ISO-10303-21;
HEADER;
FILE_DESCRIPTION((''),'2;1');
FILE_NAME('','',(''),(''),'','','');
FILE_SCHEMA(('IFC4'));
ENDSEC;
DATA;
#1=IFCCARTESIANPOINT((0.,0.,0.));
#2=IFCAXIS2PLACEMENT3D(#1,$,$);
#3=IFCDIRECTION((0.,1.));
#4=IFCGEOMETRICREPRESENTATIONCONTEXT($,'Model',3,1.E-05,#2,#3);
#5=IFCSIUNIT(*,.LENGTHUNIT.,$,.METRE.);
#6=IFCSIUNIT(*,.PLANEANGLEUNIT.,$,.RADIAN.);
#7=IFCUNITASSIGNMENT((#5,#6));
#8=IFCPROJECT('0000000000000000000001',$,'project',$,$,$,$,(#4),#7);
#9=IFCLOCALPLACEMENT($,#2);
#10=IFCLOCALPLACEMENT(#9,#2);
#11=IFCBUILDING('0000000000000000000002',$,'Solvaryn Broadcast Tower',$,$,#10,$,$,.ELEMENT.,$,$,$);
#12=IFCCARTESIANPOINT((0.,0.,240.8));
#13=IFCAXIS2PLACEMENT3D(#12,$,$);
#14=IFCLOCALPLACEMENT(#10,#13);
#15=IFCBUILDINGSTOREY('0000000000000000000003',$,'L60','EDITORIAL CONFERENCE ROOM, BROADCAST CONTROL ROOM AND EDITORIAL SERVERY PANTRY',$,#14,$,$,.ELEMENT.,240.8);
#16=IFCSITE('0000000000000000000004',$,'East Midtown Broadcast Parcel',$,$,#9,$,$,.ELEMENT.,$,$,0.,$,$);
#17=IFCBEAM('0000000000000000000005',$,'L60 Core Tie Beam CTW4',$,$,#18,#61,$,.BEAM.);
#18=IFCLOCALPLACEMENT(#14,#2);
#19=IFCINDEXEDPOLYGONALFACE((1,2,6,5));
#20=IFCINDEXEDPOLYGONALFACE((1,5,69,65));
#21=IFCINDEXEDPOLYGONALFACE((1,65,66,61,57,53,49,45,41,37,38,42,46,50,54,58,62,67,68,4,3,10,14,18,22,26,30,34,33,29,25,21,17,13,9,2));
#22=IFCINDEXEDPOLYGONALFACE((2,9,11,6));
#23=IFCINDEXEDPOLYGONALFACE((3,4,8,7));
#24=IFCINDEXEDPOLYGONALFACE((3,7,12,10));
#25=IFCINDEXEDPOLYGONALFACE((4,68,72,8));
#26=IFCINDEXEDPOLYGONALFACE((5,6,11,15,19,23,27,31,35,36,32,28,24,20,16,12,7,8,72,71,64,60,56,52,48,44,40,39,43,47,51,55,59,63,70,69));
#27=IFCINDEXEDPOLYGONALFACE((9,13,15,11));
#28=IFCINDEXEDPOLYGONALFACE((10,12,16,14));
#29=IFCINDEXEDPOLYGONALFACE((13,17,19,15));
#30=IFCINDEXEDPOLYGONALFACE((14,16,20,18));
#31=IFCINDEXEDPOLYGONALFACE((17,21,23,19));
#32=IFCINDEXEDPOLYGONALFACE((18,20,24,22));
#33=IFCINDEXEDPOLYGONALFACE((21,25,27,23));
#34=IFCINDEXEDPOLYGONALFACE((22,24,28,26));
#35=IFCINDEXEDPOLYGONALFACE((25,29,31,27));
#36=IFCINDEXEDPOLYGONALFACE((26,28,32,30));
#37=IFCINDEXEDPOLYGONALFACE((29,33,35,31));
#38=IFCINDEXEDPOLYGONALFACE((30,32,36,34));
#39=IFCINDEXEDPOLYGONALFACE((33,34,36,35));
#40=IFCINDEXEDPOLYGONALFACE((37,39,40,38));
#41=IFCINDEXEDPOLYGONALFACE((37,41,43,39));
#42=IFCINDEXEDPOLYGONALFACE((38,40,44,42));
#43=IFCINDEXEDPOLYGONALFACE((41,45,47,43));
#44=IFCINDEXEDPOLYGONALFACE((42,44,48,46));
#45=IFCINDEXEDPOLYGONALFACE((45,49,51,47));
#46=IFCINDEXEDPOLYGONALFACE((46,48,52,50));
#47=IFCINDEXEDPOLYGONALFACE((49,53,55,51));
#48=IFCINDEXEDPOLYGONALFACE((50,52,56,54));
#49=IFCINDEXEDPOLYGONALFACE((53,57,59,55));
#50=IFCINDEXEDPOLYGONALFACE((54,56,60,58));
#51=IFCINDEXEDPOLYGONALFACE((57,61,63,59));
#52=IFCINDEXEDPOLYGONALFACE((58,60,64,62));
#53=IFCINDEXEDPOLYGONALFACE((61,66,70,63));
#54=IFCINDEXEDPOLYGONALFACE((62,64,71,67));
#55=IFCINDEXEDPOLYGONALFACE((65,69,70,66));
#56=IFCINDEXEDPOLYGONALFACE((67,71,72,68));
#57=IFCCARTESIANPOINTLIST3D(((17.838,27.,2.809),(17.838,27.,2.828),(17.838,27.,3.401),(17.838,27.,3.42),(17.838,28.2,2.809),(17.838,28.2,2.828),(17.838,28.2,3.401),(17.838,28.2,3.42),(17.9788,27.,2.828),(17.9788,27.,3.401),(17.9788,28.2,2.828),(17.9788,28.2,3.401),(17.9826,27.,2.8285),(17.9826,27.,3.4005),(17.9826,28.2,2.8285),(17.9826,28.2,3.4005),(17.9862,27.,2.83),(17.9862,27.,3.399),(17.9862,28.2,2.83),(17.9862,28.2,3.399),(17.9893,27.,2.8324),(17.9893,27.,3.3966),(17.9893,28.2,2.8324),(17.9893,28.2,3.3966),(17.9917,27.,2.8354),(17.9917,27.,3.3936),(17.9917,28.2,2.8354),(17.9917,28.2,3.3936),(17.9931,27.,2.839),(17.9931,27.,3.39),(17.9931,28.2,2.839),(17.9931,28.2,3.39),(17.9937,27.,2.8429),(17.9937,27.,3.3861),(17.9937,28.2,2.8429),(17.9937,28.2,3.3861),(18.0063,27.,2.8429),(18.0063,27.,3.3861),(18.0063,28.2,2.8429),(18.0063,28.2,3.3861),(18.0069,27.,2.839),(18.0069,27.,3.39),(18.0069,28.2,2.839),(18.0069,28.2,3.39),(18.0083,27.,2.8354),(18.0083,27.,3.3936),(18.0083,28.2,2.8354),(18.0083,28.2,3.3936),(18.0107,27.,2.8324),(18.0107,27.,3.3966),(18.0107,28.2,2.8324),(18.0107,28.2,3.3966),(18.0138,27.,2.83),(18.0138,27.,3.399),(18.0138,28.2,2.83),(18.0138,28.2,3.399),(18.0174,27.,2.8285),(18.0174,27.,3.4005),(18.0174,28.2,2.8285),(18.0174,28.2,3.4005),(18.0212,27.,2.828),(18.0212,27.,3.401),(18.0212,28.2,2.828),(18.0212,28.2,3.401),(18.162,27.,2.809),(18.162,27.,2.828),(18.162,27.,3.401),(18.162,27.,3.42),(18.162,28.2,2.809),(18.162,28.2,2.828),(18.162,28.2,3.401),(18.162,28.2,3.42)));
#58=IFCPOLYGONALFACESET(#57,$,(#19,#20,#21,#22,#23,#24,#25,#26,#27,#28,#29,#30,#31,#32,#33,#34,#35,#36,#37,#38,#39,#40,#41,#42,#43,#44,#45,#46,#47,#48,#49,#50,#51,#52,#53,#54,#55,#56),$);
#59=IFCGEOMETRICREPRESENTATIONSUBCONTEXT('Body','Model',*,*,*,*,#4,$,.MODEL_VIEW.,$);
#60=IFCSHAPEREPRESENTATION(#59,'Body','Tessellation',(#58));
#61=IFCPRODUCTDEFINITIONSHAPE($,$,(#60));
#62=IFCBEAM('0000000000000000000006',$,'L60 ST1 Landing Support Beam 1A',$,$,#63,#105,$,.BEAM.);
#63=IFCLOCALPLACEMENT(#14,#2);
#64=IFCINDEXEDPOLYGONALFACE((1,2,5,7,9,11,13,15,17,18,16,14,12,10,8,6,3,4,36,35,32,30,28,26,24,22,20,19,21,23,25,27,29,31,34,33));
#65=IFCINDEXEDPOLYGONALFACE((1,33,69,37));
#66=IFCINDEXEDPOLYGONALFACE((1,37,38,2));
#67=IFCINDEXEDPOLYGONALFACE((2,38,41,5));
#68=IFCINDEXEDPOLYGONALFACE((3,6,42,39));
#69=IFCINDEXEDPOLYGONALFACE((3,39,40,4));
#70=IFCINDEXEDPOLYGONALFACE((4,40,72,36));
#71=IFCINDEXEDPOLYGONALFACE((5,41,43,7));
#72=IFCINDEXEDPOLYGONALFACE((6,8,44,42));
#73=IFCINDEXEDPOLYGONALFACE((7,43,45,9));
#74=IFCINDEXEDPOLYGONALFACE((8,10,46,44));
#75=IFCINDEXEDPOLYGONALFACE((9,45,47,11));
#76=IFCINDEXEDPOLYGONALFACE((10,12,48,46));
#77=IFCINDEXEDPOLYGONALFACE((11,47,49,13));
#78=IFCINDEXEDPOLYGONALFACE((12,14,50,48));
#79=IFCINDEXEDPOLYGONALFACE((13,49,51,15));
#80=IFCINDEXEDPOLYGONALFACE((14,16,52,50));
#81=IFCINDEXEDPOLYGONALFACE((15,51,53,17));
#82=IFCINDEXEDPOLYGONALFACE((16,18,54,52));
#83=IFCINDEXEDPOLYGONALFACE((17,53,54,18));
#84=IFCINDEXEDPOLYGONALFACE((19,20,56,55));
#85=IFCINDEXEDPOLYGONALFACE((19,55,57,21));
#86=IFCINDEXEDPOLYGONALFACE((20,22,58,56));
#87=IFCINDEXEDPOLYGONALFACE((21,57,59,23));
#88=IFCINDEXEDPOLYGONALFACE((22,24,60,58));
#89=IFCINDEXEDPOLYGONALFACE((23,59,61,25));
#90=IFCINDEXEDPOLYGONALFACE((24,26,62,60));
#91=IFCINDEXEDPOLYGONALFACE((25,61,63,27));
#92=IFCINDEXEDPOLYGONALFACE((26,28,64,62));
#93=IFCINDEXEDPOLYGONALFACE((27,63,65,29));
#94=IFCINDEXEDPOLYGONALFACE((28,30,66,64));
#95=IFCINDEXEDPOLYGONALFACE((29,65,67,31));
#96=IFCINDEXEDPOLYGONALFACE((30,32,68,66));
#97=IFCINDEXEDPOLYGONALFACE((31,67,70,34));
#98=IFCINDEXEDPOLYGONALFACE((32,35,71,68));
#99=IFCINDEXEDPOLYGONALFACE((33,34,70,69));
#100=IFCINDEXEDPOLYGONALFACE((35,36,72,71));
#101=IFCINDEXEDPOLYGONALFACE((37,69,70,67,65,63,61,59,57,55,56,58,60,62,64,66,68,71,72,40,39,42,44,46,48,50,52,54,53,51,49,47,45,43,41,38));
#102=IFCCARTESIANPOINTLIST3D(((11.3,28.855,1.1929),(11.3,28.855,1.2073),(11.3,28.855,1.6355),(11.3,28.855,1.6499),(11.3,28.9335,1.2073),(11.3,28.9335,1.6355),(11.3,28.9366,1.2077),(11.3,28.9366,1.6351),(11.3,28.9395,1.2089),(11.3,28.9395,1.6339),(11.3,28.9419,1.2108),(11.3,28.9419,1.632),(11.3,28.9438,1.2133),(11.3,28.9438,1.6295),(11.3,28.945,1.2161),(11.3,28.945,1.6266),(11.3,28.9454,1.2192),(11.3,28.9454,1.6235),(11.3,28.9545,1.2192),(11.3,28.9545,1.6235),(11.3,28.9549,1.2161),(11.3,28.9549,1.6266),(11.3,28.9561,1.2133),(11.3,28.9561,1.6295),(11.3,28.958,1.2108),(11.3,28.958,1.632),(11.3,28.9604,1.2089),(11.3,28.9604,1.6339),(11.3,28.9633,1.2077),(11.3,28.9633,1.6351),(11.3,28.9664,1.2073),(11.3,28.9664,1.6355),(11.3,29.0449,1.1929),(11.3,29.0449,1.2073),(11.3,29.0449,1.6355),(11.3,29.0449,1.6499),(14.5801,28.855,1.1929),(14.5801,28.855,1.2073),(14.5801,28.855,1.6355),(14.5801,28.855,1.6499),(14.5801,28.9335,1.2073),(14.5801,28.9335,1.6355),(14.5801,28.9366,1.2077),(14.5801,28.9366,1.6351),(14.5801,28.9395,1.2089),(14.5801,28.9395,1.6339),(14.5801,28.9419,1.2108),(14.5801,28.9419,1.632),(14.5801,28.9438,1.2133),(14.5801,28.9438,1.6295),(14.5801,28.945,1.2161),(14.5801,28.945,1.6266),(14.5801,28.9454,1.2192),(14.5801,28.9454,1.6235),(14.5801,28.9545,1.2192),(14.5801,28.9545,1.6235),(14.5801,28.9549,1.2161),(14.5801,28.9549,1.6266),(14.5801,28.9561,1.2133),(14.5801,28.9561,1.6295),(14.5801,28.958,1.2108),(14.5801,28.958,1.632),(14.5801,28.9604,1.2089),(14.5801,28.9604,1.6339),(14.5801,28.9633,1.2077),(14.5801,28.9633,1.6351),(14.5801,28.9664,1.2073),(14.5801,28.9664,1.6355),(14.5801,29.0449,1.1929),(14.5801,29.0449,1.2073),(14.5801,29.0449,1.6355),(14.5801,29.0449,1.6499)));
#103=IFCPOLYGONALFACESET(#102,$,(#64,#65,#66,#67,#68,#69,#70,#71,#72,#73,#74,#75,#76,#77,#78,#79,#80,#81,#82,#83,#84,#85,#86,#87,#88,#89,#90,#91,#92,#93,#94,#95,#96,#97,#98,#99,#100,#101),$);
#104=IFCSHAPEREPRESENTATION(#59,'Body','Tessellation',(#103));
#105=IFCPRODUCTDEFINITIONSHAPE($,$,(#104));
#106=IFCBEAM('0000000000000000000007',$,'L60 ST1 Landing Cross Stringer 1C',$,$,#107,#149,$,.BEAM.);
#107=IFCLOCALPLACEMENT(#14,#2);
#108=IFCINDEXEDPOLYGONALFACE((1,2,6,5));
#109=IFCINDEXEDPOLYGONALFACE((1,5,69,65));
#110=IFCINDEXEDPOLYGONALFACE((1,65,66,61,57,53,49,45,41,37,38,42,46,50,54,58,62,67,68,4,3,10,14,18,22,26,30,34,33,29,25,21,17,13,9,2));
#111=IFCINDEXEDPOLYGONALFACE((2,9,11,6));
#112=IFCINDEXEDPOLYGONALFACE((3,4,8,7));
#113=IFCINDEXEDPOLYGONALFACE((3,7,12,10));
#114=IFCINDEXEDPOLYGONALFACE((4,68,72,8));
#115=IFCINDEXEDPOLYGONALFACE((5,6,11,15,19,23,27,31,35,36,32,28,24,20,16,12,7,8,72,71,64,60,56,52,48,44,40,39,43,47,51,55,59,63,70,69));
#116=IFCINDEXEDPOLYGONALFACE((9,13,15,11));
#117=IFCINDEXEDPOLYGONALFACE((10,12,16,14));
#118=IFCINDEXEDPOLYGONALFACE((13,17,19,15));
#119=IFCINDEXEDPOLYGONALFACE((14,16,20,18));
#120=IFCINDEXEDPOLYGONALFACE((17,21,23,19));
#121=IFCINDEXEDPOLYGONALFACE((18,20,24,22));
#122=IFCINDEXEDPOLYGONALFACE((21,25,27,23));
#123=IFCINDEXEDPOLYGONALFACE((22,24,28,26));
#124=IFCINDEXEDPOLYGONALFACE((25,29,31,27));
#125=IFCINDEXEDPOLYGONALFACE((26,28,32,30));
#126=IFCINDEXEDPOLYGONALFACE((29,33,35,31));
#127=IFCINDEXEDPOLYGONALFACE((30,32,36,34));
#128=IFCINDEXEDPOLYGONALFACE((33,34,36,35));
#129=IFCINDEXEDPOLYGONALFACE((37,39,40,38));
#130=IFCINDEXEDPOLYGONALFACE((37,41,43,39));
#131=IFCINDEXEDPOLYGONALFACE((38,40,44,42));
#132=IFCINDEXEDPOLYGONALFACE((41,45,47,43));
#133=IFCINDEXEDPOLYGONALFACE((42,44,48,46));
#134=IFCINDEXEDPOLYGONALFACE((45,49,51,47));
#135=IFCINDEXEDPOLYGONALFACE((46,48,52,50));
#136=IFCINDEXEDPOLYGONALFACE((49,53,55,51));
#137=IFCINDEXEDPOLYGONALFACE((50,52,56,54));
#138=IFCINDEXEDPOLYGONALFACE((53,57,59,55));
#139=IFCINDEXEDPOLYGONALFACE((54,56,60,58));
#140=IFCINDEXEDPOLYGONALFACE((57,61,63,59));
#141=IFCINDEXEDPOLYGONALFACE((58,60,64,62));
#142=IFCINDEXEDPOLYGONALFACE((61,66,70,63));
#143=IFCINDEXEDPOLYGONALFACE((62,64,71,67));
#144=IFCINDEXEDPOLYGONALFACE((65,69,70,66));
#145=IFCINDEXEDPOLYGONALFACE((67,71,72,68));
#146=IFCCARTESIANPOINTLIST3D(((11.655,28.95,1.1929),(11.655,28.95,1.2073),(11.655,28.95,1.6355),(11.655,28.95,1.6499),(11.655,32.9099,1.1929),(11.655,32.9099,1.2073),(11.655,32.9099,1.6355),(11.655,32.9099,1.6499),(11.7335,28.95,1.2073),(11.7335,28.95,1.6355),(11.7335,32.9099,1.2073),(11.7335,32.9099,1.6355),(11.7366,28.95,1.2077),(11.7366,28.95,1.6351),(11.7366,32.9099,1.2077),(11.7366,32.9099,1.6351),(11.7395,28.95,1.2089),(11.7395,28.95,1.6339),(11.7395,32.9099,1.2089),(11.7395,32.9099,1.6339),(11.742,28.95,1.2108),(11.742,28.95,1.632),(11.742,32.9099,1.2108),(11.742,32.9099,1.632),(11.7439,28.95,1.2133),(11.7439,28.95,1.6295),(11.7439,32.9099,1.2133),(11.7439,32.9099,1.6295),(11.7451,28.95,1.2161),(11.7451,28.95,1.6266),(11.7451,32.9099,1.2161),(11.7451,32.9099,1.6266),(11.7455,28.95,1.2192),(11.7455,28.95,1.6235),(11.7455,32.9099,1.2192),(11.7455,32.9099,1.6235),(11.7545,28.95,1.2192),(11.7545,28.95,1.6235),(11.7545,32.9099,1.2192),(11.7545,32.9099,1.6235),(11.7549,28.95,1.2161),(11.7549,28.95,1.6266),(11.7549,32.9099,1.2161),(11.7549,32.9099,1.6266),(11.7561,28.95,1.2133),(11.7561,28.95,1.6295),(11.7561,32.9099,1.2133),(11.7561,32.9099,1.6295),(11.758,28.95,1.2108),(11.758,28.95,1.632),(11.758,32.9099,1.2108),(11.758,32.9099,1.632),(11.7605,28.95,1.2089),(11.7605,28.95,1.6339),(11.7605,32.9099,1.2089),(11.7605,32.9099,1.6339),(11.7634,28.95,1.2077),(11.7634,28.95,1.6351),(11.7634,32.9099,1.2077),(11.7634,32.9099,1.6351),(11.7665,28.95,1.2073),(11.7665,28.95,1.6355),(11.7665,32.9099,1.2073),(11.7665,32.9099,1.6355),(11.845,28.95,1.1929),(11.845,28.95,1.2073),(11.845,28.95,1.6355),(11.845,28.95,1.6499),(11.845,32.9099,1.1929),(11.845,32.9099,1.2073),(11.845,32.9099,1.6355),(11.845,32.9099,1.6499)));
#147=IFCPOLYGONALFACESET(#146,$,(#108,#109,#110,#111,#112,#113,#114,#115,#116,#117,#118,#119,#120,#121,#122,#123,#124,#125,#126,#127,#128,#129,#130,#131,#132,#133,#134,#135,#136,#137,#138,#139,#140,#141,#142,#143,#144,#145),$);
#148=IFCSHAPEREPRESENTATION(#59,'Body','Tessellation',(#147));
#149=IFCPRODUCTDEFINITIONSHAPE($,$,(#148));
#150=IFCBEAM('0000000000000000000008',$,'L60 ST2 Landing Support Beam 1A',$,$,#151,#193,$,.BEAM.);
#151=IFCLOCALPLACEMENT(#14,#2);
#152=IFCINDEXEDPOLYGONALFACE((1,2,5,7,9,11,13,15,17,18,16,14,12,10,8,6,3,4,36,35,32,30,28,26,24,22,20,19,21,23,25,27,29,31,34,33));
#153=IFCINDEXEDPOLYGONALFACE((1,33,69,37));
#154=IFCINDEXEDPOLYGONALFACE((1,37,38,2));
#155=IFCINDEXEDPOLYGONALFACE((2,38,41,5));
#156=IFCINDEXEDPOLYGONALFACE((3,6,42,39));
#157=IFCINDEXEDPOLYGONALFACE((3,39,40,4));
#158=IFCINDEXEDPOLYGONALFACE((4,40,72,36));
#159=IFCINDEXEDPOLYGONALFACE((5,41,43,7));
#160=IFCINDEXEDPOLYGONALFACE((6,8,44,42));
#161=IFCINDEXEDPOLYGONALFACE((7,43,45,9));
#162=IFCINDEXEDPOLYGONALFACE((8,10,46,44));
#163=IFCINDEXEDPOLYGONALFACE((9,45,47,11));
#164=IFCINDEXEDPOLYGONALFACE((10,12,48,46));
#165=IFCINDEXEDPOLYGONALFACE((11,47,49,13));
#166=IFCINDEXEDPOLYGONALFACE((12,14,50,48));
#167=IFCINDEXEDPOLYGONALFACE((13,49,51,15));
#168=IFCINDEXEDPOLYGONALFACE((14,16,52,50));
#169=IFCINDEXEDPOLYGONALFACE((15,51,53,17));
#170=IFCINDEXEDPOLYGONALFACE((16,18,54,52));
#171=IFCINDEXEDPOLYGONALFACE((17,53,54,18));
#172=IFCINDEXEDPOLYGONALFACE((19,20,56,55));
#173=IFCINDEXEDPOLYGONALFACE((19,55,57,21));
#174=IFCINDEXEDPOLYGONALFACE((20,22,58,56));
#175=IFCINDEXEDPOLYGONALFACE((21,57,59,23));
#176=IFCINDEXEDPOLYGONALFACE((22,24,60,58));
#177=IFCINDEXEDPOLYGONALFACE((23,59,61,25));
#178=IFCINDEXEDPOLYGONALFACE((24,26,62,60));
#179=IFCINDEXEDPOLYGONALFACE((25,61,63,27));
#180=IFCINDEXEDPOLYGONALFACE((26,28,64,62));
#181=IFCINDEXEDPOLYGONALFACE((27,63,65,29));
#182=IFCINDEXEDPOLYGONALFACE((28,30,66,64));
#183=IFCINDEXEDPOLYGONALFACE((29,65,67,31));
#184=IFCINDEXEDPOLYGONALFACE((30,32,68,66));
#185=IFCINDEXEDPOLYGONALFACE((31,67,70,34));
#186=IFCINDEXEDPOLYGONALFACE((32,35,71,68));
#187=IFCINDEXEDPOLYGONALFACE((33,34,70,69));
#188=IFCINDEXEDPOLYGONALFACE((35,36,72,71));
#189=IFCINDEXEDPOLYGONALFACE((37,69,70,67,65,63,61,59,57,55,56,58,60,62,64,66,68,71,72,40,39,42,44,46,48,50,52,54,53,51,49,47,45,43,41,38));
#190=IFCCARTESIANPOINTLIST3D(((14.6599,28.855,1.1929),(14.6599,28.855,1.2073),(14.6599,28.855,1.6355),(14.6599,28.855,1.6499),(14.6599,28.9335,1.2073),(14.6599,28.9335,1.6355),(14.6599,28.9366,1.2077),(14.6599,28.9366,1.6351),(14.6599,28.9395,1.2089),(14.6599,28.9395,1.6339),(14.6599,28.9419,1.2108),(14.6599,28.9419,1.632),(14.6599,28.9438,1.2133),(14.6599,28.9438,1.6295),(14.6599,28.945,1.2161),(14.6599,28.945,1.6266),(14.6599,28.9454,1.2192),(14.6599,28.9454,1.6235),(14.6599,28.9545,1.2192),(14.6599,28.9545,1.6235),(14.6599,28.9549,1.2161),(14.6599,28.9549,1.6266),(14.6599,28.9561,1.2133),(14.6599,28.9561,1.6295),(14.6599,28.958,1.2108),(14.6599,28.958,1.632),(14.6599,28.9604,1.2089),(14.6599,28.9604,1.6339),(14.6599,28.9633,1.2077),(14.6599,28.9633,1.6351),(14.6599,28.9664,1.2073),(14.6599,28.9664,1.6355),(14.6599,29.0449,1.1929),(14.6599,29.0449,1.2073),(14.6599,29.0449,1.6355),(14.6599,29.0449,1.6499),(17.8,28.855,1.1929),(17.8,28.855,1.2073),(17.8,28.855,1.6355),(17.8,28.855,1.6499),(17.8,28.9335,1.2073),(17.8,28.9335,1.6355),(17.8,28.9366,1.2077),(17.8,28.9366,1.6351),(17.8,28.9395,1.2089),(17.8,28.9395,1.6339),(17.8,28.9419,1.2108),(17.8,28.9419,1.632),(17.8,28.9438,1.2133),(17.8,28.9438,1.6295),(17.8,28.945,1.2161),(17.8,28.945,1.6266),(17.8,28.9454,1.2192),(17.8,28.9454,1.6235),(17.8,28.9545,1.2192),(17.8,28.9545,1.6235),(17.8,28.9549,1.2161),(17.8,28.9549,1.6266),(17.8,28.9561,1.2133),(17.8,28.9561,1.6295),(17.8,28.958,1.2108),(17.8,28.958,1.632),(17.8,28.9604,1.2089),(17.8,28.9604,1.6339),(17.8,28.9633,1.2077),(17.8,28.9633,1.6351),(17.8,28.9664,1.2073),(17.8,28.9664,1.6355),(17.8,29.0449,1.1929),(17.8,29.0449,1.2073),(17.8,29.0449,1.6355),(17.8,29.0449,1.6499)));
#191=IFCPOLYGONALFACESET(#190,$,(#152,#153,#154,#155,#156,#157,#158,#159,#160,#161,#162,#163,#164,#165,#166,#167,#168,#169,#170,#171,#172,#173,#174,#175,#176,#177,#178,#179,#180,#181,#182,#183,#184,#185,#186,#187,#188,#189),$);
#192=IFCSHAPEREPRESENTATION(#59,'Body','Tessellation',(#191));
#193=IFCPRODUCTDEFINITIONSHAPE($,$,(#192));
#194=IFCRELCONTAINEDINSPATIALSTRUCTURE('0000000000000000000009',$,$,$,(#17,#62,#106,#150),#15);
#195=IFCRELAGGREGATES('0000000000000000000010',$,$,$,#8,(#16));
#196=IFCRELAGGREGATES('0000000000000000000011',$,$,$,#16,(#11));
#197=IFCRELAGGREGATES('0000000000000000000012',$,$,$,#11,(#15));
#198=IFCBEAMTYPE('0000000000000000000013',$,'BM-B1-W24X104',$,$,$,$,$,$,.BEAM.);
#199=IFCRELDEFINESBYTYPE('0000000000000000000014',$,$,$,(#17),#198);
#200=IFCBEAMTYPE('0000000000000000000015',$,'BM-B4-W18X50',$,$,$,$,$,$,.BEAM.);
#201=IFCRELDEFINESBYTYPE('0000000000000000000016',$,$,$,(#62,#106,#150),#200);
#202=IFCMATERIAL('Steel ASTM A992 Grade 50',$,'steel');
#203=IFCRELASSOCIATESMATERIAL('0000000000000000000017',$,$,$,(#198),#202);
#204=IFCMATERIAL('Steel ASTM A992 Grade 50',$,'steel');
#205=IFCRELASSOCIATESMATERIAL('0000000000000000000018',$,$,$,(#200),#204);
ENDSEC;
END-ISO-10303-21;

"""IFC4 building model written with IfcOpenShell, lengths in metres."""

from ifc_helpers import new_model, si_unit, direction, frame, origin, origin_2d, place, context, subcontext, project, spatial, i_section, extrude, material, material_profile, profile_set, type_object, element, save


model = new_model("IFC4")

# Units and contexts
model_context = context("Model", 3, precision=1e-05, world=origin(), true_north=direction((0.0, 1.0)))
body_context = subcontext(model_context, "Body", "Model", "MODEL_VIEW")
ifc_project = project(units=[si_unit("LENGTHUNIT", "METRE"), si_unit("PLANEANGLEUNIT", "RADIAN")], contexts=[model_context])

# Site, building, storey
site_placement = place(None, origin())
site = spatial("IfcSite", under=ifc_project, at=site_placement, Name="East Midtown Broadcast Parcel", CompositionType="ELEMENT", RefElevation=0.0)
building_placement = place(site_placement, origin())
building = spatial("IfcBuilding", under=site, at=building_placement, Name="Solvaryn Broadcast Tower", CompositionType="ELEMENT")
storey_placement = place(building_placement, frame((0.0, 0.0, 240.8)))
storey = spatial("IfcBuildingStorey", under=building, at=storey_placement, Name="L60", Description="EDITORIAL CONFERENCE ROOM, BROADCAST CONTROL ROOM AND EDITORIAL SERVERY PANTRY", CompositionType="ELEMENT", Elevation=240.8)

# Beams
ifc_material_1 = material(Name="Steel ASTM A992 Grade 50", Category="steel")
ifc_material_profile_1 = material_profile(ifc_material_1, i_section(OverallWidth=0.324, OverallDepth=0.6111, WebThickness=0.0127, FlangeThickness=0.019, FilletRadius=0.0149, at=origin_2d()))
ifc_profile_set_1 = profile_set([ifc_material_profile_1], Name="Steel ASTM A992 Grade 50")
beam_type_1 = type_object("IfcBeamType", Name="BM-B1-W24X104", PredefinedType="BEAM", material=ifc_profile_set_1)
beam_1_placement = place(storey_placement, frame((18.0, 27.0, 3.1145), z_axis=(0.0, 1.0, 0.0), x_axis=(-1.0, 0.0, 0.0)))
element("IfcBeam", 1, at=beam_1_placement, inside=storey, type_object=beam_type_1, Name="L60 Core Tie Beam CTW4", PredefinedType="BEAM", context=body_context, shape_type="SweptSolid", body=[
    extrude(i_section(OverallWidth=0.324, OverallDepth=0.6111, WebThickness=0.0127, FlangeThickness=0.019, FilletRadius=0.0149, at=origin_2d()), origin(), (0.0, 0.0, 1.0), 1.2),
])
ifc_material_2 = material(Name="Steel ASTM A992 Grade 50", Category="steel")
ifc_material_profile_2 = material_profile(ifc_material_2, i_section(OverallWidth=0.1899, OverallDepth=0.457, WebThickness=0.009, FlangeThickness=0.0144, FilletRadius=0.012, at=origin_2d()))
ifc_profile_set_2 = profile_set([ifc_material_profile_2], Name="Steel ASTM A992 Grade 50")
beam_type_2 = type_object("IfcBeamType", Name="BM-B4-W18X50", PredefinedType="BEAM", material=ifc_profile_set_2)
beam_2_placement = place(storey_placement, frame((11.3, 28.95, 1.4214), z_axis=(1.0, 0.0, 0.0), x_axis=(0.0, 1.0, 0.0)))
element("IfcBeam", 2, at=beam_2_placement, inside=storey, type_object=beam_type_2, Name="L60 ST1 Landing Support Beam 1A", PredefinedType="BEAM", context=body_context, shape_type="SweptSolid", body=[
    extrude(i_section(OverallWidth=0.1899, OverallDepth=0.457, WebThickness=0.009, FlangeThickness=0.0144, FilletRadius=0.012, at=origin_2d()), origin(), (0.0, 0.0, 1.0), 3.28),
])
beam_3_placement = place(storey_placement, frame((11.75, 28.95, 1.4214), z_axis=(0.0, 1.0, 0.0), x_axis=(-1.0, 0.0, 0.0)))
element("IfcBeam", 3, at=beam_3_placement, inside=storey, type_object=beam_type_2, Name="L60 ST1 Landing Cross Stringer 1C", PredefinedType="BEAM", context=body_context, shape_type="SweptSolid", body=[
    extrude(i_section(OverallWidth=0.1899, OverallDepth=0.457, WebThickness=0.009, FlangeThickness=0.0144, FilletRadius=0.012, at=origin_2d()), origin(), (0.0, 0.0, 1.0), 3.96),
])
beam_4_placement = place(storey_placement, frame((14.6599, 28.95, 1.4214), z_axis=(1.0, 0.0, 0.0), x_axis=(0.0, 1.0, 0.0)))
element("IfcBeam", 4, at=beam_4_placement, inside=storey, type_object=beam_type_2, Name="L60 ST2 Landing Support Beam 1A", PredefinedType="BEAM", context=body_context, shape_type="SweptSolid", body=[
    extrude(i_section(OverallWidth=0.1899, OverallDepth=0.457, WebThickness=0.009, FlangeThickness=0.0144, FilletRadius=0.012, at=origin_2d()), origin(), (0.0, 0.0, 1.0), 3.1401),
])

save(model, "model.ifc")
